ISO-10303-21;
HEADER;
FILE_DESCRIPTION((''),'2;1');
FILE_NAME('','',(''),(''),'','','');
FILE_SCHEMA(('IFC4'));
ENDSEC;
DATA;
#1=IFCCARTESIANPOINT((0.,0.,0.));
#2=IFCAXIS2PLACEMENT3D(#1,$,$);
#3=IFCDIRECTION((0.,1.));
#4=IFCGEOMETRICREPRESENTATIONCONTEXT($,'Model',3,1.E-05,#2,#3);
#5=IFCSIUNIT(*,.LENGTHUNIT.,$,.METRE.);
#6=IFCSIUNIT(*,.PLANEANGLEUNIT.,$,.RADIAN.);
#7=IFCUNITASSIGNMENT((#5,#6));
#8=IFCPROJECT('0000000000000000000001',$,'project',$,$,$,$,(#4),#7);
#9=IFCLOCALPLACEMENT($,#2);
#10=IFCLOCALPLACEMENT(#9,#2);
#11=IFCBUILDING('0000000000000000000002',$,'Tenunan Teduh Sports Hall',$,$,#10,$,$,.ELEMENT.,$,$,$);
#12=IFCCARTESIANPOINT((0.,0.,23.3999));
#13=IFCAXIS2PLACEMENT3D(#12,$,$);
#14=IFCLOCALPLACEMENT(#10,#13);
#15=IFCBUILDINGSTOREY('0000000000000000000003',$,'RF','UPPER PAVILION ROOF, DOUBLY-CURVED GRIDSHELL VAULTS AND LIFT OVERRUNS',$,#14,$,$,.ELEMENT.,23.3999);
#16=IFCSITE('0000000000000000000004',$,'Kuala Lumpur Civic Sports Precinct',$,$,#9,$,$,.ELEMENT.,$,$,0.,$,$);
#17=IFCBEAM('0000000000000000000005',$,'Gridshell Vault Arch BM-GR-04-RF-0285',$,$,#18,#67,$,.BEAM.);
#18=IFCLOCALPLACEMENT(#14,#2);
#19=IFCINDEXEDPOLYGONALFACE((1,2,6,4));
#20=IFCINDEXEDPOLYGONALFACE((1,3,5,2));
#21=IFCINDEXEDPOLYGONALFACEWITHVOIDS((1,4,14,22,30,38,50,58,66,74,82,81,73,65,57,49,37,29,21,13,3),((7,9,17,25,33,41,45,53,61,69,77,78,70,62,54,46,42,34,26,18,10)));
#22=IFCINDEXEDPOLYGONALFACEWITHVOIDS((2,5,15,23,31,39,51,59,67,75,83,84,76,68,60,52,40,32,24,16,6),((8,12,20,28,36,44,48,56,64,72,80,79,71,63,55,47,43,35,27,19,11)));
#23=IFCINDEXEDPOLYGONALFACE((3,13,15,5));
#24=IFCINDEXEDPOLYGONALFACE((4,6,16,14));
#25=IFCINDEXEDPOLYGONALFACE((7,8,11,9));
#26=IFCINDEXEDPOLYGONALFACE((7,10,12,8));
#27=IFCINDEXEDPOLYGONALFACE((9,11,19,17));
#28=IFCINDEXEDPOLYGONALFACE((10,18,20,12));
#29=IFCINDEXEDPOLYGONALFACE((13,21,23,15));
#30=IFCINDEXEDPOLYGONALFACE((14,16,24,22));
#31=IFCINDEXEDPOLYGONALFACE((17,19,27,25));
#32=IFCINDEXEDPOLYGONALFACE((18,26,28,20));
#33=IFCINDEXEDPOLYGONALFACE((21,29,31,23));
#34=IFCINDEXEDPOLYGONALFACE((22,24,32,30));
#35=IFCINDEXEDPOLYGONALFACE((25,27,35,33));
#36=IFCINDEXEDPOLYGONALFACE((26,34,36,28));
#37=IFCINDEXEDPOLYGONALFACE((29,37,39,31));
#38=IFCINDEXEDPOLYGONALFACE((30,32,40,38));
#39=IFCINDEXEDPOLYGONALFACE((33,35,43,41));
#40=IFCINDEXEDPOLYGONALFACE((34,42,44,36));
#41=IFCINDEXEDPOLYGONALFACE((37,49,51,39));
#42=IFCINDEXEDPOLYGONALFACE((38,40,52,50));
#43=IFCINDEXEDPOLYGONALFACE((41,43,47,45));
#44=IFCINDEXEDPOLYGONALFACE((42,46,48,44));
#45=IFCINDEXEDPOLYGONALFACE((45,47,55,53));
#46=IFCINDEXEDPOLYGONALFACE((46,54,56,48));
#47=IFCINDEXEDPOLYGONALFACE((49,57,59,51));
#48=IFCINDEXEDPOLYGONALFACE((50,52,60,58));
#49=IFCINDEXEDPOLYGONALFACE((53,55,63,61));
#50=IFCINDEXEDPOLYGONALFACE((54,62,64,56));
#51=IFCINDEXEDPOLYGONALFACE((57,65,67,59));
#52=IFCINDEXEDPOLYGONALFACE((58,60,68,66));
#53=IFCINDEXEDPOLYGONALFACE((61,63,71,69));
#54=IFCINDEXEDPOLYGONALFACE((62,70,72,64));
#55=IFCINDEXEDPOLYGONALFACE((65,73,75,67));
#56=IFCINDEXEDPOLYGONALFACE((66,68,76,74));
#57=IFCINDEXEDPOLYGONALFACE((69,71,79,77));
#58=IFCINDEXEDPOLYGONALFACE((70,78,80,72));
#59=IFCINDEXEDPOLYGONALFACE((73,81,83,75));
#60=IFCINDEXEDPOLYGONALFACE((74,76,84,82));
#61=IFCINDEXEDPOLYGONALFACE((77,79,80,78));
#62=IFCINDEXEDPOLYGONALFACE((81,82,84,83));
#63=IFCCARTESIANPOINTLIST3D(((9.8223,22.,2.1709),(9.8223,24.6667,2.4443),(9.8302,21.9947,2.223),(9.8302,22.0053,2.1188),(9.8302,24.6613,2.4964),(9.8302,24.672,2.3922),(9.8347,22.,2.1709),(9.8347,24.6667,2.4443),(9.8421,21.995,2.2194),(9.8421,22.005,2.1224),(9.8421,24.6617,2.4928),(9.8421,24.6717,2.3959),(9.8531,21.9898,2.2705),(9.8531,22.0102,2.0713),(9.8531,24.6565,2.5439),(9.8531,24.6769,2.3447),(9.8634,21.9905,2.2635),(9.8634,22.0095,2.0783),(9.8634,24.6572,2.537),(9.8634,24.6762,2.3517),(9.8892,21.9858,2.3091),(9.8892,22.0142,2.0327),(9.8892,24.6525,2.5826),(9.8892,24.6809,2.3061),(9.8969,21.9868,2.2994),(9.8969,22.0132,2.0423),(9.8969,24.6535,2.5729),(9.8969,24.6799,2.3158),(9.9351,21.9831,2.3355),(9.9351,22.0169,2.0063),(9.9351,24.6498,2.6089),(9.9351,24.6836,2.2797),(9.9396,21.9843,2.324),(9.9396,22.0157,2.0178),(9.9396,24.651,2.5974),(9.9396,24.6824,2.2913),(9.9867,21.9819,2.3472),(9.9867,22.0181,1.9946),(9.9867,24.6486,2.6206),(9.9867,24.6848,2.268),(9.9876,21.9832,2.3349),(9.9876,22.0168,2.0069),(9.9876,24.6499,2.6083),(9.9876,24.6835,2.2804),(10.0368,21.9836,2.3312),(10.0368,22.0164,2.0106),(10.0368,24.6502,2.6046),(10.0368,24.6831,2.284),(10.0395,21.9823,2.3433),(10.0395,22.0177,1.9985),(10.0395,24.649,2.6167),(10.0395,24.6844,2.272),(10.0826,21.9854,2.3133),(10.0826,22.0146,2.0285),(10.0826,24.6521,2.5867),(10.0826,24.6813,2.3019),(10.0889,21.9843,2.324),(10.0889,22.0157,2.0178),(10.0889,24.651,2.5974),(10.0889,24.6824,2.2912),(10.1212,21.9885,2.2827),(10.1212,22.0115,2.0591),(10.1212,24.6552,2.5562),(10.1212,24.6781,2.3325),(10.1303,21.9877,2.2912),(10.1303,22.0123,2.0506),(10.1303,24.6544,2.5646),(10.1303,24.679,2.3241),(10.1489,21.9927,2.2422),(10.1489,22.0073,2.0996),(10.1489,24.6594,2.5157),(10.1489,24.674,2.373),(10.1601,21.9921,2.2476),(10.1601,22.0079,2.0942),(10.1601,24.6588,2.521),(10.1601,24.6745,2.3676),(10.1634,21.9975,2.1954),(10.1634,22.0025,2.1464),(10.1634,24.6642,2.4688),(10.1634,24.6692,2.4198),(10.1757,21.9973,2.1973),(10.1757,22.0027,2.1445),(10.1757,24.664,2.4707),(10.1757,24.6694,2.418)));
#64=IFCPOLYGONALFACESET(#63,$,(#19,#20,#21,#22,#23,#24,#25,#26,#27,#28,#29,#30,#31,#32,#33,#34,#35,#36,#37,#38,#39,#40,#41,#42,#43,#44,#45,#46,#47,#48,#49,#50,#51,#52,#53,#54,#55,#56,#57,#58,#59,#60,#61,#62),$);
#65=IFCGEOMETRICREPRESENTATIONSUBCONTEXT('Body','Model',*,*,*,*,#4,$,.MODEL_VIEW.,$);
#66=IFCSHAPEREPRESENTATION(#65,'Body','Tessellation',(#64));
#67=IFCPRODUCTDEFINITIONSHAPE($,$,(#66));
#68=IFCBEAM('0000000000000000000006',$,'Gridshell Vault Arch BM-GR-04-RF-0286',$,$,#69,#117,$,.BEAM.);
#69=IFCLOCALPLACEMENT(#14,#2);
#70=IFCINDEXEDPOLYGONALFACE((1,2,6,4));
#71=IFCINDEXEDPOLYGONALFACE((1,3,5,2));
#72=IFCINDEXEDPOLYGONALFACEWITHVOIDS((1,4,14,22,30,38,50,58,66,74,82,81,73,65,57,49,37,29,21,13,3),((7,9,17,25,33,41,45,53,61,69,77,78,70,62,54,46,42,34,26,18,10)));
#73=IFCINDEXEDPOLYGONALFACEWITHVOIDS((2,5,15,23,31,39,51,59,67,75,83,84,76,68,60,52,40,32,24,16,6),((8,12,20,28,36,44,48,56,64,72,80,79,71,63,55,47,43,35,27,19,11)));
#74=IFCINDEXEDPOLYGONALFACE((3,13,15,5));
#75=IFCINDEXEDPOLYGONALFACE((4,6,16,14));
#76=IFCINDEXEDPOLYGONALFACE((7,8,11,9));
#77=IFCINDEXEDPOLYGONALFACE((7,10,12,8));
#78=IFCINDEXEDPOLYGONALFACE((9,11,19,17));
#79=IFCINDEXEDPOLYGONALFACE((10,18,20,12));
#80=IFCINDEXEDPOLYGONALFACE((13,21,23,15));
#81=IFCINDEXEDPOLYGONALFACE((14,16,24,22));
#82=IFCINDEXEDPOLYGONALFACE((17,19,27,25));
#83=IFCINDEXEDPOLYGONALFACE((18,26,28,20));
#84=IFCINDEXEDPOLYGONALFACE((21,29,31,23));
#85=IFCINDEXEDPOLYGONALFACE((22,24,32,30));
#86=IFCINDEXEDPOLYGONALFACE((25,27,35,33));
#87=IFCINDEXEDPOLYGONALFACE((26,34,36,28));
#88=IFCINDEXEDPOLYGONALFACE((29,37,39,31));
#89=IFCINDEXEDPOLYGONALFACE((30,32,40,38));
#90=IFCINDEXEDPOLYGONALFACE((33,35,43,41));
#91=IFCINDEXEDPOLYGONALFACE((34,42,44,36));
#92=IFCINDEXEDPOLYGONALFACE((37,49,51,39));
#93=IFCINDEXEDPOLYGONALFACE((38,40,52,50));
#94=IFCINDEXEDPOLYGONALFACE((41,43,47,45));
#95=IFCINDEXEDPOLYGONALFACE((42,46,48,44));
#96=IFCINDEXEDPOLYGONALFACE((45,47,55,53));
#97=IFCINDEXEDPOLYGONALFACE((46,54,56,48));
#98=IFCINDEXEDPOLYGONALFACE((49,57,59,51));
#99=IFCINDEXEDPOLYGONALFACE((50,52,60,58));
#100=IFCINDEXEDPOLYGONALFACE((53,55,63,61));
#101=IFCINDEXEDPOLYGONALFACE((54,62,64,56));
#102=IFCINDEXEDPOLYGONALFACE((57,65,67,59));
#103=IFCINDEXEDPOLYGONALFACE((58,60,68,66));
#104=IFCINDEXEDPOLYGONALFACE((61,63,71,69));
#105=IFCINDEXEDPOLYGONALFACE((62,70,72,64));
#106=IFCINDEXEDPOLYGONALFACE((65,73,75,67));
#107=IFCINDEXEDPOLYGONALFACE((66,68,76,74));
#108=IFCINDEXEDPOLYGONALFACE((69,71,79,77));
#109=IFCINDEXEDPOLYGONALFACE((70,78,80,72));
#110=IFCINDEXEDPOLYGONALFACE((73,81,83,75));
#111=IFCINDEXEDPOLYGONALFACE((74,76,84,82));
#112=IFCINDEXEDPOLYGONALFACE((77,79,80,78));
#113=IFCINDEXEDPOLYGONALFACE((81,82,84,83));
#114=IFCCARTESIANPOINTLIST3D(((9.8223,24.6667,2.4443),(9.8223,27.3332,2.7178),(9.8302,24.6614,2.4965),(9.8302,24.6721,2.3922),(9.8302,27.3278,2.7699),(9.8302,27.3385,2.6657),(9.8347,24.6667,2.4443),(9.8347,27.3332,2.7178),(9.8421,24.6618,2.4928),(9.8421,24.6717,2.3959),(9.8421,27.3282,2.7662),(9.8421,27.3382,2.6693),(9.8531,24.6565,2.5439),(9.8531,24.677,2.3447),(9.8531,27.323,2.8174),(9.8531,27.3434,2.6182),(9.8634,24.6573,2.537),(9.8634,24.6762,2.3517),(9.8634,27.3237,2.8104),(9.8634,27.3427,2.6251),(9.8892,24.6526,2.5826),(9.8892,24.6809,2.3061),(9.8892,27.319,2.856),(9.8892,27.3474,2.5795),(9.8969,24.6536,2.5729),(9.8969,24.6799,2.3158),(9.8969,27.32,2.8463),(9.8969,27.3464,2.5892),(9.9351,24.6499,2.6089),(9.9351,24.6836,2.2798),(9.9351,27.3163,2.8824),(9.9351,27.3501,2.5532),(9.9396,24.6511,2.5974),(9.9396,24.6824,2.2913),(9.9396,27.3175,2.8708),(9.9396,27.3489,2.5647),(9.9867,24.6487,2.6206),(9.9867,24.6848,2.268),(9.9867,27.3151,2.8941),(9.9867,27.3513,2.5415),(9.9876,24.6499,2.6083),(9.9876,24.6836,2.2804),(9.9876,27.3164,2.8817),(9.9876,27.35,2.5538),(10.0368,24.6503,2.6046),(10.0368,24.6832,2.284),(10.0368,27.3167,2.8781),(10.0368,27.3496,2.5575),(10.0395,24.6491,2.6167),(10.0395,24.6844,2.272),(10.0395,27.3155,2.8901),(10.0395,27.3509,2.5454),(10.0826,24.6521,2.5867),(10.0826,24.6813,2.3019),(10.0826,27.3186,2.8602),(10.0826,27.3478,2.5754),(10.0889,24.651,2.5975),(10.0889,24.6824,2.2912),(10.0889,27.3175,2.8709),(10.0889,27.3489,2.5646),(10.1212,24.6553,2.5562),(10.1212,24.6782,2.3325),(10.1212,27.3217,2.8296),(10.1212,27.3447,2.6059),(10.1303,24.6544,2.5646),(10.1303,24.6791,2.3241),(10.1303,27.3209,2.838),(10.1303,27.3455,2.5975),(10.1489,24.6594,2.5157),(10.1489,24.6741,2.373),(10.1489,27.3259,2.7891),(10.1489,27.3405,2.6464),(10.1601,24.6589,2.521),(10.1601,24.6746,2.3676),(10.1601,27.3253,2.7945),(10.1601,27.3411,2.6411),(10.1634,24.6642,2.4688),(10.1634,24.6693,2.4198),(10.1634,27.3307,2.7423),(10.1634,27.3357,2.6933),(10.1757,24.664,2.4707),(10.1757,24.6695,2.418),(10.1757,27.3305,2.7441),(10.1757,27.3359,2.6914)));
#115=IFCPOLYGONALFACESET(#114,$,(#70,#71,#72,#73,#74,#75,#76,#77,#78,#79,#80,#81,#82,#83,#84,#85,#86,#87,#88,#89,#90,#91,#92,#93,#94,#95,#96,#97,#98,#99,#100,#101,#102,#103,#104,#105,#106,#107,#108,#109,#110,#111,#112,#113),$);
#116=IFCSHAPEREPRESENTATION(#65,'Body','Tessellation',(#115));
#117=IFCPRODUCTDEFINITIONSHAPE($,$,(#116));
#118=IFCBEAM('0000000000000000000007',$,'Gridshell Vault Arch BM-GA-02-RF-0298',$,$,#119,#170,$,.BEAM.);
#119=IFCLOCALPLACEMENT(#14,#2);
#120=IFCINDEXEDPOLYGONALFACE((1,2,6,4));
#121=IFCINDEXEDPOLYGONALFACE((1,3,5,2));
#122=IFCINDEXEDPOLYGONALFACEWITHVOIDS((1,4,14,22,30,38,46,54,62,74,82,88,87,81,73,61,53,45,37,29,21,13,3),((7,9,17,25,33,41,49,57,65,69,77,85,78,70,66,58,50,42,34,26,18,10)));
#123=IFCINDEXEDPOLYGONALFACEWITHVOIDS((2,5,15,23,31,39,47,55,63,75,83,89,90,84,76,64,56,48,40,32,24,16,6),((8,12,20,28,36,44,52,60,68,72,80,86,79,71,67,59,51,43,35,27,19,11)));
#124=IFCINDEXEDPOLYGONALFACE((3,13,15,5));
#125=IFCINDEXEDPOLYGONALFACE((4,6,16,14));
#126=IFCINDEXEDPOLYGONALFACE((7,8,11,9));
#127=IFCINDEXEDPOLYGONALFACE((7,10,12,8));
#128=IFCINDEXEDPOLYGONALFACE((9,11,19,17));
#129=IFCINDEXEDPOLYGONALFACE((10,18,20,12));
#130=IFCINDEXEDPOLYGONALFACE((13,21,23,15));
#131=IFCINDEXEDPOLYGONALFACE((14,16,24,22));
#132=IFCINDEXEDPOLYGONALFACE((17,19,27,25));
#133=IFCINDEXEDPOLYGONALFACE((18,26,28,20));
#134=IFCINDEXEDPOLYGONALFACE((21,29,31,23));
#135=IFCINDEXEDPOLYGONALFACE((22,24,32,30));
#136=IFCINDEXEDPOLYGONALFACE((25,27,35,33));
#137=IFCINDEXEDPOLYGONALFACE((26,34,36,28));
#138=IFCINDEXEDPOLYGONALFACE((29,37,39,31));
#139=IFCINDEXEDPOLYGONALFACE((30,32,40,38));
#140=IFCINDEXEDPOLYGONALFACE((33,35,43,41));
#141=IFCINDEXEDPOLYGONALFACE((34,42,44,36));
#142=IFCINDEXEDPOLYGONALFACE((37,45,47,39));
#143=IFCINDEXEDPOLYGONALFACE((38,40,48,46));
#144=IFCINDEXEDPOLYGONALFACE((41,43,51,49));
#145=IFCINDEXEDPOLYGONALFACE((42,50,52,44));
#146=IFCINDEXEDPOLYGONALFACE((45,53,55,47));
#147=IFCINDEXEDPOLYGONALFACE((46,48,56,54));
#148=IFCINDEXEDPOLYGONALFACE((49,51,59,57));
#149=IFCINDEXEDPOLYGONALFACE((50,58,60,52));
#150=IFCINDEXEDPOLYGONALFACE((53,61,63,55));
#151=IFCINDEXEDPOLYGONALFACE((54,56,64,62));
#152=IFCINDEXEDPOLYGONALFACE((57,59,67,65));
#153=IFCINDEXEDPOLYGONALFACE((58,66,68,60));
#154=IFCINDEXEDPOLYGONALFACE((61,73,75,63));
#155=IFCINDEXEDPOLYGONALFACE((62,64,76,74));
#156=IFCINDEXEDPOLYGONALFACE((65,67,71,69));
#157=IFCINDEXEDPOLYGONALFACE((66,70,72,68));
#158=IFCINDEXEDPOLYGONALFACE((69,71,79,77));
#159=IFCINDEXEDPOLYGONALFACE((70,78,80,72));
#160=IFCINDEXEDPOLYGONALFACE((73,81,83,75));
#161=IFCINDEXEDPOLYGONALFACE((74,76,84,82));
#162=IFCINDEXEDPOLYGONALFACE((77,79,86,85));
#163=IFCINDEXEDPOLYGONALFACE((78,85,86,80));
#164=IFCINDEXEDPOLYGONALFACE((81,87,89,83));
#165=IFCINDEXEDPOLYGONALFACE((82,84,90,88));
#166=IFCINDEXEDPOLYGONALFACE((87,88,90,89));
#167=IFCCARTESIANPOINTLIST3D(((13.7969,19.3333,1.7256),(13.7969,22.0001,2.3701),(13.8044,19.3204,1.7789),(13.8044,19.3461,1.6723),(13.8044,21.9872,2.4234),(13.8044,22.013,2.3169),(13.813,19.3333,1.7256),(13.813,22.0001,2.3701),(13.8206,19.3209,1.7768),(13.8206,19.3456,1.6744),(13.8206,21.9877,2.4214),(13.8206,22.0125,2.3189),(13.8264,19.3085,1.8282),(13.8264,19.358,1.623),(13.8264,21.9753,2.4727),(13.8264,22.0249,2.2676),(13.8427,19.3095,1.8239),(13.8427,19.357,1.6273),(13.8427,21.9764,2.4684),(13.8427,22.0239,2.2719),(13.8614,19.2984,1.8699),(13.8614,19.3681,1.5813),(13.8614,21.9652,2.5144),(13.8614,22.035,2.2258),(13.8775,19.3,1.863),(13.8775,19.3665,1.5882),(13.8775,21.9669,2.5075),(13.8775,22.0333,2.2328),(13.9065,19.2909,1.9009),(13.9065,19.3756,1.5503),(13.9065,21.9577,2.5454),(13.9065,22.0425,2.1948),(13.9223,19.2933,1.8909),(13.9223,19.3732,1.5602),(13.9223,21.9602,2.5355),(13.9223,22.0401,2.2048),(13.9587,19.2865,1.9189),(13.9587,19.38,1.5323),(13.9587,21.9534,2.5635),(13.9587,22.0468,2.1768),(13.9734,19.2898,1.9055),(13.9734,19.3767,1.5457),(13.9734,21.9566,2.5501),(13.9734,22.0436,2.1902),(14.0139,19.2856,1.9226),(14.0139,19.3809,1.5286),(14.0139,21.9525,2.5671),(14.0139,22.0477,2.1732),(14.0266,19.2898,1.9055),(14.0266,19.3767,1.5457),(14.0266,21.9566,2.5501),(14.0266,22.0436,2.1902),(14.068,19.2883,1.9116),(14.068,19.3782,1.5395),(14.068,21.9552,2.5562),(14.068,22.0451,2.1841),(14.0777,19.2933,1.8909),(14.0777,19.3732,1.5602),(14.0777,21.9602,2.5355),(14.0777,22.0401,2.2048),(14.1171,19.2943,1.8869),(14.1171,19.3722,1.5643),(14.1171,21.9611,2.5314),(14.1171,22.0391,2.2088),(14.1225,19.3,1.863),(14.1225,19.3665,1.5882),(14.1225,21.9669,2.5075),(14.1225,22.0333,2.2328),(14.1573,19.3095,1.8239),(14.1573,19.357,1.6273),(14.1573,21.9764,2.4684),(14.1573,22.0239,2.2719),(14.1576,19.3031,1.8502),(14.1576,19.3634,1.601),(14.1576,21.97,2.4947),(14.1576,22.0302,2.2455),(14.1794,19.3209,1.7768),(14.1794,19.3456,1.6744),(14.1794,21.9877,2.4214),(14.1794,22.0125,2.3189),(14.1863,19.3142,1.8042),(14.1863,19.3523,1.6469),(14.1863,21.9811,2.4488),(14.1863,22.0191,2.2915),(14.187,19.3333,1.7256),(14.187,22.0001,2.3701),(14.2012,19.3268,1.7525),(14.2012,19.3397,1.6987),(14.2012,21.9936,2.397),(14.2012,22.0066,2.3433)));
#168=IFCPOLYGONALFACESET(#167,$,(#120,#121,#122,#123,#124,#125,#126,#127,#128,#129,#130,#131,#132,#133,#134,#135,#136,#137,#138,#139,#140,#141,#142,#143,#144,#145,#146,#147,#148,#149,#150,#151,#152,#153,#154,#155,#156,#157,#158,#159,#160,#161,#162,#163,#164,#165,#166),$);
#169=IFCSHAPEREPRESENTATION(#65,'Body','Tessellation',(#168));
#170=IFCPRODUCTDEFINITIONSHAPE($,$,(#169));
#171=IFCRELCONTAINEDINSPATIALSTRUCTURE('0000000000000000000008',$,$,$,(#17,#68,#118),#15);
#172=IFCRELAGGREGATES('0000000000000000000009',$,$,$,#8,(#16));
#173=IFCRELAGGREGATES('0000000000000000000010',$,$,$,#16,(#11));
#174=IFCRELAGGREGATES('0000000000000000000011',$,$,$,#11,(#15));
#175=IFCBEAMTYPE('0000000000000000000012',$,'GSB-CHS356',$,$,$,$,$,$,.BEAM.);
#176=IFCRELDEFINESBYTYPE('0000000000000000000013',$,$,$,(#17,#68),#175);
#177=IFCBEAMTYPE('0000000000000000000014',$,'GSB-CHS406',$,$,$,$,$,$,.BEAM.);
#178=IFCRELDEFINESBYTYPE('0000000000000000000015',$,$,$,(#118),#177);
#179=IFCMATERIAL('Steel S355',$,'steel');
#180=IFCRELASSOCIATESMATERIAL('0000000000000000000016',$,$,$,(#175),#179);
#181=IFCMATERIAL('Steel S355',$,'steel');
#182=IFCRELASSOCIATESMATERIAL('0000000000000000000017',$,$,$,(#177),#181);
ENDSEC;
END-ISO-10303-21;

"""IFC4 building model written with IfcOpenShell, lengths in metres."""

from ifc_helpers import new_model, si_unit, direction, frame, origin, origin_2d, place, context, subcontext, project, spatial, hollow_circle, extrude, material, material_profile, profile_set, type_object, element, save


model = new_model("IFC4")

# Units and contexts
model_context = context("Model", 3, precision=1e-05, world=origin(), true_north=direction((0.0, 1.0)))
body_context = subcontext(model_context, "Body", "Model", "MODEL_VIEW")
ifc_project = project(units=[si_unit("LENGTHUNIT", "METRE"), si_unit("PLANEANGLEUNIT", "RADIAN")], contexts=[model_context])

# Site, building, storey
site_placement = place(None, origin())
site = spatial("IfcSite", under=ifc_project, at=site_placement, Name="Kuala Lumpur Civic Sports Precinct", CompositionType="ELEMENT", RefElevation=0.0)
building_placement = place(site_placement, origin())
building = spatial("IfcBuilding", under=site, at=building_placement, Name="Tenunan Teduh Sports Hall", CompositionType="ELEMENT")
storey_placement = place(building_placement, frame((0.0, 0.0, 23.3999)))
storey = spatial("IfcBuildingStorey", under=building, at=storey_placement, Name="RF", Description="UPPER PAVILION ROOF, DOUBLY-CURVED GRIDSHELL VAULTS AND LIFT OVERRUNS", CompositionType="ELEMENT", Elevation=23.3999)

# Beams
ifc_material_1 = material(Name="Steel S355", Category="steel")
ifc_material_profile_1 = material_profile(ifc_material_1, hollow_circle(Radius=0.1777, WallThickness=0.0125, at=origin_2d()), Name="CHS 355.6x12.5")
ifc_profile_set_1 = profile_set([ifc_material_profile_1], Name="Steel S355")
beam_type_1 = type_object("IfcBeamType", Name="GSB-CHS356", PredefinedType="BEAM", material=ifc_profile_set_1)
beam_1_placement = place(storey_placement, frame((10.0, 22.0, 2.1709), z_axis=(0.0, 0.994784, 0.102001), x_axis=(-1.0, 0.0, 0.0)))
element("IfcBeam", 1, at=beam_1_placement, inside=storey, type_object=beam_type_1, Name="Gridshell Vault Arch BM-GR-04-RF-0285", PredefinedType="BEAM", context=body_context, shape_type="SweptSolid", body=[
    extrude(hollow_circle(Radius=0.1777, WallThickness=0.0125, at=origin_2d()), origin(), (0.0, 0.0, 1.0), 2.6807),
])
beam_2_placement = place(storey_placement, frame((10.0, 24.6667, 2.4443), z_axis=(0.0, 0.994783, 0.10201), x_axis=(-1.0, 0.0, 0.0)))
element("IfcBeam", 2, at=beam_2_placement, inside=storey, type_object=beam_type_1, Name="Gridshell Vault Arch BM-GR-04-RF-0286", PredefinedType="BEAM", context=body_context, shape_type="SweptSolid", body=[
    extrude(hollow_circle(Radius=0.1777, WallThickness=0.0125, at=origin_2d()), origin(), (0.0, 0.0, 1.0), 2.6804),
])
ifc_material_2 = material(Name="Steel S355", Category="steel")
ifc_material_profile_2 = material_profile(ifc_material_2, hollow_circle(Radius=0.2031, WallThickness=0.0161, at=origin_2d()), Name="CHS 406.4x16.0")
ifc_profile_set_2 = profile_set([ifc_material_profile_2], Name="Steel S355")
beam_type_2 = type_object("IfcBeamType", Name="GSB-CHS406", PredefinedType="BEAM", material=ifc_profile_set_2)
beam_3_placement = place(storey_placement, frame((14.0, 19.3333, 1.7256), z_axis=(0.0, 0.972013, 0.234928), x_axis=(-1.0, 0.0, 0.0)))
element("IfcBeam", 3, at=beam_3_placement, inside=storey, type_object=beam_type_2, Name="Gridshell Vault Arch BM-GA-02-RF-0298", PredefinedType="BEAM", context=body_context, shape_type="SweptSolid", body=[
    extrude(hollow_circle(Radius=0.2031, WallThickness=0.0161, at=origin_2d()), origin(), (0.0, 0.0, 1.0), 2.7437),
])

save(model, "model.ifc")
